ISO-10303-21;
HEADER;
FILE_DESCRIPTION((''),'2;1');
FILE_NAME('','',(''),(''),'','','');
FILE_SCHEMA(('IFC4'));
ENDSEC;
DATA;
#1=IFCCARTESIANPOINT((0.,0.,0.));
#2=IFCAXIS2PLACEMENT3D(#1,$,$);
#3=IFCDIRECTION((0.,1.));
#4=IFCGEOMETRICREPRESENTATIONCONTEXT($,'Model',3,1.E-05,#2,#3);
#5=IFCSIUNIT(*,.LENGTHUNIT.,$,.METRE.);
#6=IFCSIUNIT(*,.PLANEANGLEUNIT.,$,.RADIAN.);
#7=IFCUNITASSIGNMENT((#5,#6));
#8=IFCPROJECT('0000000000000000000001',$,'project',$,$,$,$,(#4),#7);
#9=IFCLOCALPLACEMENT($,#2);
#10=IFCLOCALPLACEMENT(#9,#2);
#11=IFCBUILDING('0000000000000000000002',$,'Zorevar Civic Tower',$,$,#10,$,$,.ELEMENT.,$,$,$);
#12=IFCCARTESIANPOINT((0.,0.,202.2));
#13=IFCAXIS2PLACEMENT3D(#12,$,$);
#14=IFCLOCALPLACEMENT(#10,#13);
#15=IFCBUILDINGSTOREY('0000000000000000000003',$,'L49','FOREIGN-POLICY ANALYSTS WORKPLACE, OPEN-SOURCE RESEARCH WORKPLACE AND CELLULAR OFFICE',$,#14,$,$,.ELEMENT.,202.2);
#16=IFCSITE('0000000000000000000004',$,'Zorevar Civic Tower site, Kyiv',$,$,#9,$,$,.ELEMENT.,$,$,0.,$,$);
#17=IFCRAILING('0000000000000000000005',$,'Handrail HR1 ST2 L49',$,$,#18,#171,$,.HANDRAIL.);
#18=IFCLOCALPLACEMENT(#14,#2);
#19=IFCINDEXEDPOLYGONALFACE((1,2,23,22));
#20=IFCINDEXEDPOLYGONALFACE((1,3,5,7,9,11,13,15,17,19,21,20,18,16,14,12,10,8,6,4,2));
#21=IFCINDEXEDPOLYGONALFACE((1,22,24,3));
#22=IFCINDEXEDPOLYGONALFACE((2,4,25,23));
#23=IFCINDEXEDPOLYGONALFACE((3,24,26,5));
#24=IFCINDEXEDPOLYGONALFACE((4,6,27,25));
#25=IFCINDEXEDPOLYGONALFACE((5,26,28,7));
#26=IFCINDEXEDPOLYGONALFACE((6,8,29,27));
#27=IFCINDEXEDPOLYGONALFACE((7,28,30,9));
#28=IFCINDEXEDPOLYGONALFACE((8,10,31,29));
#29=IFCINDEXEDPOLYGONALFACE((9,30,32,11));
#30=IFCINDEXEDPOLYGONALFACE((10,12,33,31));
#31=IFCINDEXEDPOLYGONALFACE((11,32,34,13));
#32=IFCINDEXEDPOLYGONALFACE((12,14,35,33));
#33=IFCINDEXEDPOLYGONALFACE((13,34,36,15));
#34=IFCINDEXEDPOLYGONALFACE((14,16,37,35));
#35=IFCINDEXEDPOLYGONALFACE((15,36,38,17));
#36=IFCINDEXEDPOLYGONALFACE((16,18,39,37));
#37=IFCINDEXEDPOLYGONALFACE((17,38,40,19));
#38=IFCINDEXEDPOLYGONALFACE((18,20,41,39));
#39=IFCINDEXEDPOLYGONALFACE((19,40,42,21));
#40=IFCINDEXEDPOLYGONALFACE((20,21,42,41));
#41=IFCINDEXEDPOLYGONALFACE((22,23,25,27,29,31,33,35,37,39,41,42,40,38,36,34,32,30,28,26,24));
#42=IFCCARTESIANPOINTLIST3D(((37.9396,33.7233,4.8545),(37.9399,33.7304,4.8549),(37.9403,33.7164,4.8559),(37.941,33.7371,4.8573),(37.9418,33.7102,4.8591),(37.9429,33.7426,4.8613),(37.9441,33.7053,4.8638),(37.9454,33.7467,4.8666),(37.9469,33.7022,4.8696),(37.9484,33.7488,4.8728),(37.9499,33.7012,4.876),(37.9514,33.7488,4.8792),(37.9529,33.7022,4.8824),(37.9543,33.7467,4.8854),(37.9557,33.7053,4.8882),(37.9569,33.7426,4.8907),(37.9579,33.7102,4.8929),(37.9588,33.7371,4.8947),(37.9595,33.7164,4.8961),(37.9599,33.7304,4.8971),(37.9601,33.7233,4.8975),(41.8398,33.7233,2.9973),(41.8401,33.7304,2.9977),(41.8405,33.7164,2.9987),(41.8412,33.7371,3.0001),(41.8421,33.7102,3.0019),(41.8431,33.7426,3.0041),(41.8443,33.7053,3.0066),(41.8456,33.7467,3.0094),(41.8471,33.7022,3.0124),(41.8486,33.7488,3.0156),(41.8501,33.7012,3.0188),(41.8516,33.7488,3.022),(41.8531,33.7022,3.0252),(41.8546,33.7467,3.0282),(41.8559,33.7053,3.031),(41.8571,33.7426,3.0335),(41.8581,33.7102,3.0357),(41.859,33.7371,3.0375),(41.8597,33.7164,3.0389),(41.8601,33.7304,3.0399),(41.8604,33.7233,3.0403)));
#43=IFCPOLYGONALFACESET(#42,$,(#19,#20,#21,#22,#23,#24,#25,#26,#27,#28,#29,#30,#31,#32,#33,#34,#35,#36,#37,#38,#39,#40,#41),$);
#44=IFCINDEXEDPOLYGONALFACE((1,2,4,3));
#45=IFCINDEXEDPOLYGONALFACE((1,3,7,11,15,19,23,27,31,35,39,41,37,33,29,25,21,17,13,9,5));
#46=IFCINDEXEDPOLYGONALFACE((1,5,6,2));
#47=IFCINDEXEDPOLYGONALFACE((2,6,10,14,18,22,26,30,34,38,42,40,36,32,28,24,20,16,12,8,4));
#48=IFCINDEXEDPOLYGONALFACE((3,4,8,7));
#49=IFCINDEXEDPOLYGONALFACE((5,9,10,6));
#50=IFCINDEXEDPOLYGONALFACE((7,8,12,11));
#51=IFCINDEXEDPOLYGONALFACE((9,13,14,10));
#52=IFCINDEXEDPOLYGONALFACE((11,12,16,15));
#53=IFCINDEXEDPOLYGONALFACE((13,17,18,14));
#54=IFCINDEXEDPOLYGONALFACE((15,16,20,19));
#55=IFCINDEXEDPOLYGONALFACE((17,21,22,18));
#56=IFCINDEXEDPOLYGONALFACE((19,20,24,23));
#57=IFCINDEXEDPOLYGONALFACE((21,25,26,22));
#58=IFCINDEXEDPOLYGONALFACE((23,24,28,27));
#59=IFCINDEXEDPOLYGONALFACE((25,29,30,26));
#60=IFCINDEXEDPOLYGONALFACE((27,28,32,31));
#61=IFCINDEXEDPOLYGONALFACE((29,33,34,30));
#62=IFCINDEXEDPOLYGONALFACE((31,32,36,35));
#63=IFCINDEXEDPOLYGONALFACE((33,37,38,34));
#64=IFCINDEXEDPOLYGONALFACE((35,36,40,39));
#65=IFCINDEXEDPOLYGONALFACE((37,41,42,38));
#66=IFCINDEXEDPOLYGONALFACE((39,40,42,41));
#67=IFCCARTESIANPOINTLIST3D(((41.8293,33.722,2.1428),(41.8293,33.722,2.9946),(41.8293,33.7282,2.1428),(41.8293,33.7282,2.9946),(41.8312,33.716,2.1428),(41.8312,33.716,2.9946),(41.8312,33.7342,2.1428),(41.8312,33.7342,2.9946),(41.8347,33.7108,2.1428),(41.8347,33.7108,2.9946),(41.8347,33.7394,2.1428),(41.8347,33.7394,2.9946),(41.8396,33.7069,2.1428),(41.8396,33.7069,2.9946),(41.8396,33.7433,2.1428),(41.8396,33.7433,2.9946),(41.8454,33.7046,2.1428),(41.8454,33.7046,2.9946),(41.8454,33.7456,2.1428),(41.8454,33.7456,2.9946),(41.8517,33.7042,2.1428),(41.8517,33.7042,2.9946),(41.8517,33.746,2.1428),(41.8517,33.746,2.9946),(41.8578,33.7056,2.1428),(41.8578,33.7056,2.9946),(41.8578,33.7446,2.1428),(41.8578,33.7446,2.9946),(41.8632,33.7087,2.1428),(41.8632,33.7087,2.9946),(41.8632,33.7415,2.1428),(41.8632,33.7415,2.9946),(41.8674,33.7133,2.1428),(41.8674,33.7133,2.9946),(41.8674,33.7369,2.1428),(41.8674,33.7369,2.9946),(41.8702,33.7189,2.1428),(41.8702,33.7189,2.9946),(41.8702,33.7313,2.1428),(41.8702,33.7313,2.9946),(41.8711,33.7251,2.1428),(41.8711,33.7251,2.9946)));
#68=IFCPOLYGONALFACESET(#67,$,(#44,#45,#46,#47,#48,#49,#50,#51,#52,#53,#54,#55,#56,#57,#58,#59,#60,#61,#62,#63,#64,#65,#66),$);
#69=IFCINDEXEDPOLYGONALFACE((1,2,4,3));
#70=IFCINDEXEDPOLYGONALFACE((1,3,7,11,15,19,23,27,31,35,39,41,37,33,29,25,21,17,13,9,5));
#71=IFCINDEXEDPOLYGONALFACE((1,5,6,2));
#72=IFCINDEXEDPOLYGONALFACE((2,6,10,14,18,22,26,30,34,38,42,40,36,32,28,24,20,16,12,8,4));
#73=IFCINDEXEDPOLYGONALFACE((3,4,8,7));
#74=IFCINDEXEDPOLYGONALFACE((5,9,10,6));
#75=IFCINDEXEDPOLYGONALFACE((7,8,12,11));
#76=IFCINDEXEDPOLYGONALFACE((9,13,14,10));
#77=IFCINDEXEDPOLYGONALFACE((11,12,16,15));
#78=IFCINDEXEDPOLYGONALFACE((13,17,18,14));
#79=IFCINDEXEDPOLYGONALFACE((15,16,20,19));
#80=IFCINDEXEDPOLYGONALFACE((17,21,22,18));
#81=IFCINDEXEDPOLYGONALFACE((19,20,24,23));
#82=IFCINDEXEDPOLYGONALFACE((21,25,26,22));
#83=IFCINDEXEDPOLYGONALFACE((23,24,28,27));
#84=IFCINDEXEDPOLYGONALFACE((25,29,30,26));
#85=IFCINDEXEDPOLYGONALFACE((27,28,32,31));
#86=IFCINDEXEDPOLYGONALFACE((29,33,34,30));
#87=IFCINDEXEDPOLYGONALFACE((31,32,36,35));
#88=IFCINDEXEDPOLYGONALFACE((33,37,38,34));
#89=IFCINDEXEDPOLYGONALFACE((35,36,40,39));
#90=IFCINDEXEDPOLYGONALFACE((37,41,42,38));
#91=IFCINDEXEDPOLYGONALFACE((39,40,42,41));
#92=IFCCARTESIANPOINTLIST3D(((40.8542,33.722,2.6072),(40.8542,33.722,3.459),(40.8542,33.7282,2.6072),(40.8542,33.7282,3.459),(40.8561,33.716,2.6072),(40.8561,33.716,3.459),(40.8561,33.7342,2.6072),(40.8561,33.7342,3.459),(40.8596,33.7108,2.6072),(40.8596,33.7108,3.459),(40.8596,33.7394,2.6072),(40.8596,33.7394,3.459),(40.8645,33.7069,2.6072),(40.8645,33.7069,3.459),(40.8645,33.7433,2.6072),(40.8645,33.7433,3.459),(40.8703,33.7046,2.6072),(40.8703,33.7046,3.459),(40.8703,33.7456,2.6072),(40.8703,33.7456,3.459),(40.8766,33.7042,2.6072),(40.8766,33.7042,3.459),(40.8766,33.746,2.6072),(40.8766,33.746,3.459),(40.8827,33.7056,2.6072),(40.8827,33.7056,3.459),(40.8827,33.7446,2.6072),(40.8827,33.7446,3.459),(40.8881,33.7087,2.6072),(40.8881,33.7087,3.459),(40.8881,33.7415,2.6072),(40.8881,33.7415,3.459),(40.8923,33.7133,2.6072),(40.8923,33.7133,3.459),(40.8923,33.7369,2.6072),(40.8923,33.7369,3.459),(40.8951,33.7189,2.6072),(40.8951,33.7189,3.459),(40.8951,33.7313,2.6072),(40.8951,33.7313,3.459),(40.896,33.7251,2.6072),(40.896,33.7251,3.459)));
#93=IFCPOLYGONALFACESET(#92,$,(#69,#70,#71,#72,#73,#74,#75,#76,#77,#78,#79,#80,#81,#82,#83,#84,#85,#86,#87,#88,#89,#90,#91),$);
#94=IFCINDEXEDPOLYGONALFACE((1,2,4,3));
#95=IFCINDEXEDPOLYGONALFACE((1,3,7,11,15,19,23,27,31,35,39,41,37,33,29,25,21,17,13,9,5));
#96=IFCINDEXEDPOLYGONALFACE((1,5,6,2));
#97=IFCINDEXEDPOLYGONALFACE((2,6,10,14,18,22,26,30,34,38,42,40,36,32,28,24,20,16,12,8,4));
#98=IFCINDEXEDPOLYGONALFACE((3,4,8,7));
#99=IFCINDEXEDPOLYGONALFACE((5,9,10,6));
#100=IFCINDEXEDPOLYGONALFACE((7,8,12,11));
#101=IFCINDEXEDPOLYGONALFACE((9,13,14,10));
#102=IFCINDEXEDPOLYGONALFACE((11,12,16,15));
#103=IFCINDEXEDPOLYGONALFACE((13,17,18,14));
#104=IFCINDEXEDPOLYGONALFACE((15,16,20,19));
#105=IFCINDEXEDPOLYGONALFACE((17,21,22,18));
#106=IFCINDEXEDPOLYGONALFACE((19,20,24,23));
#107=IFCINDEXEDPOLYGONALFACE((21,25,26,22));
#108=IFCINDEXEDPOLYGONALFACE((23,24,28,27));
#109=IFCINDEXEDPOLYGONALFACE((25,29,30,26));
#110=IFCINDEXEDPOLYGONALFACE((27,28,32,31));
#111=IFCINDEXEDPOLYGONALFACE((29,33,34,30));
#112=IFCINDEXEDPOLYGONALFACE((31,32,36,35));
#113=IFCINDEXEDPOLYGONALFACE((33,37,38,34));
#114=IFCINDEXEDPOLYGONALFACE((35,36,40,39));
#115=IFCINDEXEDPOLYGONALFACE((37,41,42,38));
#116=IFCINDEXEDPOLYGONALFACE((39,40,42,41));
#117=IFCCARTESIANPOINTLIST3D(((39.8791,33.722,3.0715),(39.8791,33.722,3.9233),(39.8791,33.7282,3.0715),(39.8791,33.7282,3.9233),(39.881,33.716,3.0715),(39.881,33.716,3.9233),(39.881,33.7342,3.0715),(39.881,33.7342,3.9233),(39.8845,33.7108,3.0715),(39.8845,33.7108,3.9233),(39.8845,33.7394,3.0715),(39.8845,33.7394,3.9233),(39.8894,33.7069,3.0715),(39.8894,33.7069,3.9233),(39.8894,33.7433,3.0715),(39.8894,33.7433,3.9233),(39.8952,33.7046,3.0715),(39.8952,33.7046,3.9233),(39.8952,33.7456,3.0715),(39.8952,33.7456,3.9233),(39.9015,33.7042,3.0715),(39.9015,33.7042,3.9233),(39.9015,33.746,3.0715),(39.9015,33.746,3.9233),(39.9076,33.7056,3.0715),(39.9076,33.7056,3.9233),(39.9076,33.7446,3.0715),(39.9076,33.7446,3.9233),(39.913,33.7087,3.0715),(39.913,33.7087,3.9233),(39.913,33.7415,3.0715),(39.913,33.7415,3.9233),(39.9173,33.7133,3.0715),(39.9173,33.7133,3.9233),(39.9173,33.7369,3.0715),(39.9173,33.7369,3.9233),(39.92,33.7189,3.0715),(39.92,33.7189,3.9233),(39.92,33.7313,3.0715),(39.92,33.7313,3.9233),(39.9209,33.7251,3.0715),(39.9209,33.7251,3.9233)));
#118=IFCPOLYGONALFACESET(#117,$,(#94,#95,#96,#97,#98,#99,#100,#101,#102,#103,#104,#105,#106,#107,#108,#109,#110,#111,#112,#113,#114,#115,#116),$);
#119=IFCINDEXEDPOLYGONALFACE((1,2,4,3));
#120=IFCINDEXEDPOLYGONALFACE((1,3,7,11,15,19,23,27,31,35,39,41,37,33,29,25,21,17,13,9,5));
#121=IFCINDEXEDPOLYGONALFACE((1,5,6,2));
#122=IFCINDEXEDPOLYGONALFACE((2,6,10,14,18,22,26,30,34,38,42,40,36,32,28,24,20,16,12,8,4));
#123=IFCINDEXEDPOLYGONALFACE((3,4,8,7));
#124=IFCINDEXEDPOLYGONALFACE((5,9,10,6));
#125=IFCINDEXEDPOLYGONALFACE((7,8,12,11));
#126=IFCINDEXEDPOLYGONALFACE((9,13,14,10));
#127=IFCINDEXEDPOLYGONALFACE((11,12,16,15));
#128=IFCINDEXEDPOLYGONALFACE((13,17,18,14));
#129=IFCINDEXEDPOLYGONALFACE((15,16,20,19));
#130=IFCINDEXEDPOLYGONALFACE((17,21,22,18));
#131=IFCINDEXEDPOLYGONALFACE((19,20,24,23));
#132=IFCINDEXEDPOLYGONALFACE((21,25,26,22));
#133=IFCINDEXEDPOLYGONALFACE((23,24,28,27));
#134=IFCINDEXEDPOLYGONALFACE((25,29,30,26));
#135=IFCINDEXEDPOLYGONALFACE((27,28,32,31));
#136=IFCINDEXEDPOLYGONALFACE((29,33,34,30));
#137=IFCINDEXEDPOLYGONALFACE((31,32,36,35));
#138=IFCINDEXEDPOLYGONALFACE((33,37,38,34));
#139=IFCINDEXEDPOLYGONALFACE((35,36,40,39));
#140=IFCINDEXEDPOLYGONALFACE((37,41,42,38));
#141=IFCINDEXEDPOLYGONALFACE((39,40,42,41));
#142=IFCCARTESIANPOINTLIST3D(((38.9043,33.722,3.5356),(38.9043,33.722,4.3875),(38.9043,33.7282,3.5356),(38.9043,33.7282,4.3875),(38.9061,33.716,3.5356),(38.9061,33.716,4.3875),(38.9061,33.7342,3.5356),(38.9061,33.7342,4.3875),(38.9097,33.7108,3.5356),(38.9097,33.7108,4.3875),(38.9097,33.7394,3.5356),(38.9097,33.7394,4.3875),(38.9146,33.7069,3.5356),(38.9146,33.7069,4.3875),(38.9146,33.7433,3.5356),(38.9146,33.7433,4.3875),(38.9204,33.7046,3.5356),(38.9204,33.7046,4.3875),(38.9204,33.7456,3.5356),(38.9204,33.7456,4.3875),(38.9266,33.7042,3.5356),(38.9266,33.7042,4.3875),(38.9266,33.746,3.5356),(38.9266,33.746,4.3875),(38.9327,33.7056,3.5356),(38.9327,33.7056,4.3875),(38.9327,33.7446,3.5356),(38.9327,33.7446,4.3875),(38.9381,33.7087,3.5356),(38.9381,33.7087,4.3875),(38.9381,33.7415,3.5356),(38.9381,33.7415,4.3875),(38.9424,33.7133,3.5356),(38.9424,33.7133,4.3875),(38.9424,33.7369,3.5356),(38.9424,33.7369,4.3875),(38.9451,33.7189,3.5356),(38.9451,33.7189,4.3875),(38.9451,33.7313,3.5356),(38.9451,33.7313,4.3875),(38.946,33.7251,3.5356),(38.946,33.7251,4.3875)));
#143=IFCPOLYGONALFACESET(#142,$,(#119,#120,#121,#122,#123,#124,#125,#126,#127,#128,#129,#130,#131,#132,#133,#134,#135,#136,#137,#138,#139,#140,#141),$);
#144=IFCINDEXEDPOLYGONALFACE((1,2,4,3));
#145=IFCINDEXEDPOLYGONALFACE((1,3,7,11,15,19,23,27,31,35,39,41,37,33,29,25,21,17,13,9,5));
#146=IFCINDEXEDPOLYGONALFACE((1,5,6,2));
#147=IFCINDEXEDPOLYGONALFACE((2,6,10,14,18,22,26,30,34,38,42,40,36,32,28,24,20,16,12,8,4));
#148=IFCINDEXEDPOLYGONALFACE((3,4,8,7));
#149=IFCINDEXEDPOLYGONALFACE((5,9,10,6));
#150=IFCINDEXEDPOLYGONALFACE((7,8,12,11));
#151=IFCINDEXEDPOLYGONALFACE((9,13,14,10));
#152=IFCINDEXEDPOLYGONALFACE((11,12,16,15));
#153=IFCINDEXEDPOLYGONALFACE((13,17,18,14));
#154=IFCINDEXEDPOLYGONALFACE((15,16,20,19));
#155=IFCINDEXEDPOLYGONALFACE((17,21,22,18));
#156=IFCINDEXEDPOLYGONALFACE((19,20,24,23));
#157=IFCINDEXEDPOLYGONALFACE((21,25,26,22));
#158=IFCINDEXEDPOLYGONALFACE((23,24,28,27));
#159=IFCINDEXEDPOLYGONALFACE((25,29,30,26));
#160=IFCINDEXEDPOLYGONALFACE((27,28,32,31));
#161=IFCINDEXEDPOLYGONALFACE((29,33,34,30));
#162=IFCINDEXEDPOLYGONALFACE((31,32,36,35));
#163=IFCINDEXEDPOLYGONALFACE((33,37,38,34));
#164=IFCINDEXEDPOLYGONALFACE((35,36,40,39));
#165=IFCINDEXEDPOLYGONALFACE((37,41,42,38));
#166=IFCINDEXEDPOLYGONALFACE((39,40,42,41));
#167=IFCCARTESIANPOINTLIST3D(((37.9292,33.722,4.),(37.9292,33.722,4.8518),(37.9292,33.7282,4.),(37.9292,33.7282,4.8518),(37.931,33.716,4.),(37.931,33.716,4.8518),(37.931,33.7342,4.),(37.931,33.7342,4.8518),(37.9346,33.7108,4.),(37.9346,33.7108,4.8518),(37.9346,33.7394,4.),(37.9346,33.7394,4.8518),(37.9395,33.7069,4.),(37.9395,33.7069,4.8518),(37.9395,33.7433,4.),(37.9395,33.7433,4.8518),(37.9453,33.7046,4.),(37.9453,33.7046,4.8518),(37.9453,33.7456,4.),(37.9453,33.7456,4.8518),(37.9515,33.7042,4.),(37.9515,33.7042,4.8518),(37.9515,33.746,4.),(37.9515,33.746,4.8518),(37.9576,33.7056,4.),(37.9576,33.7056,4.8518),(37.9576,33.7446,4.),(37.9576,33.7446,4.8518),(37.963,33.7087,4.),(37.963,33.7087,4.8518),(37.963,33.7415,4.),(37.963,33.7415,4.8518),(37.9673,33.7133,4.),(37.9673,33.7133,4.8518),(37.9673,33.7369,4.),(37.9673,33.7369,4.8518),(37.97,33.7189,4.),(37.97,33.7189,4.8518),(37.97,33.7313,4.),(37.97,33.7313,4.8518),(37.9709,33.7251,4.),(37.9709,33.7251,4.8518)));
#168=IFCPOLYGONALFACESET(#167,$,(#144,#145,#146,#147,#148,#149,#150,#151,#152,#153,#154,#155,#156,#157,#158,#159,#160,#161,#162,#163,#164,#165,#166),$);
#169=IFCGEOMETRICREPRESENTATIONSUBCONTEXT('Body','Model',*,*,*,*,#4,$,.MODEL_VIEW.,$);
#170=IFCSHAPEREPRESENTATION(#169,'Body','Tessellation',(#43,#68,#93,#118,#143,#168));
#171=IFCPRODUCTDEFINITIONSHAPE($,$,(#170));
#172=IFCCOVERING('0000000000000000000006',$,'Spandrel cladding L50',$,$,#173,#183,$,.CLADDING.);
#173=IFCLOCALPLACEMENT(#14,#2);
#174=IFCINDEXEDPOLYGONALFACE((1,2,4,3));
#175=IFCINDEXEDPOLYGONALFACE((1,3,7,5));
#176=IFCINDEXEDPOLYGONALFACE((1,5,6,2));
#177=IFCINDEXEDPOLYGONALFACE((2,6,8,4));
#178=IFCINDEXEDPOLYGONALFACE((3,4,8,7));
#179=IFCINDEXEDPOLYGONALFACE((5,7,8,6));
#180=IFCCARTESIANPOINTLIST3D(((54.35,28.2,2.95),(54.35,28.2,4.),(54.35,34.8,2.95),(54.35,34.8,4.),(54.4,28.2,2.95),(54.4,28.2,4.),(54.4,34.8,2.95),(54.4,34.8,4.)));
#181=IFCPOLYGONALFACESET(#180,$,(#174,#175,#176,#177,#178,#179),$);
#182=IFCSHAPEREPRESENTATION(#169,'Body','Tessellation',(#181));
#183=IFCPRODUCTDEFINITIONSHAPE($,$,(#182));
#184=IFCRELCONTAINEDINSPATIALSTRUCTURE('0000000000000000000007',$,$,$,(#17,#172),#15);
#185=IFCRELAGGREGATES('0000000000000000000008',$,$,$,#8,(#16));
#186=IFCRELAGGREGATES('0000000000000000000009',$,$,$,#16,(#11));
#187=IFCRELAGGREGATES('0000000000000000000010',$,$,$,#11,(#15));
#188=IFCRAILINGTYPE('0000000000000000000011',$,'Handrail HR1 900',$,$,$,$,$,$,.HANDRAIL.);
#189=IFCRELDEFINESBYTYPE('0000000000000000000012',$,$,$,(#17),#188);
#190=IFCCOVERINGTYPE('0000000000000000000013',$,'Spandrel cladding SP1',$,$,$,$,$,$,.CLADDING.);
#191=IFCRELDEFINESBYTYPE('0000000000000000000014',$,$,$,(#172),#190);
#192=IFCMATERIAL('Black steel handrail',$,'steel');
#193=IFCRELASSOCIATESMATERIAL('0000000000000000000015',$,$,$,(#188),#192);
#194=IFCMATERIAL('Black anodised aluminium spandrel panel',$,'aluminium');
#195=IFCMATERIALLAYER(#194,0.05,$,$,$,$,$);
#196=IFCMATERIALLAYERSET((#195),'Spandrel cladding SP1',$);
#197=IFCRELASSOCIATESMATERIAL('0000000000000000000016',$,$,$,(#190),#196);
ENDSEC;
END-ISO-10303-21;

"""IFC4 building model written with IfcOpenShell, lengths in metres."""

from ifc_helpers import new_model, si_unit, direction, frame, frame_2d, origin, origin_2d, place, context, subcontext, project, spatial, rectangle, circle, extrude, material, layer, layer_set, type_object, element, save


model = new_model("IFC4")

# Units and contexts
model_context = context("Model", 3, precision=1e-05, world=origin(), true_north=direction((0.0, 1.0)))
body_context = subcontext(model_context, "Body", "Model", "MODEL_VIEW")
ifc_project = project(units=[si_unit("LENGTHUNIT", "METRE"), si_unit("PLANEANGLEUNIT", "RADIAN")], contexts=[model_context])

# Site, building, storey
site_placement = place(None, origin())
site = spatial("IfcSite", under=ifc_project, at=site_placement, Name="Zorevar Civic Tower site, Kyiv", CompositionType="ELEMENT", RefElevation=0.0)
building_placement = place(site_placement, origin())
building = spatial("IfcBuilding", under=site, at=building_placement, Name="Zorevar Civic Tower", CompositionType="ELEMENT")
storey_placement = place(building_placement, frame((0.0, 0.0, 202.2)))
storey = spatial("IfcBuildingStorey", under=building, at=storey_placement, Name="L49", Description="FOREIGN-POLICY ANALYSTS WORKPLACE, OPEN-SOURCE RESEARCH WORKPLACE AND CELLULAR OFFICE", CompositionType="ELEMENT", Elevation=202.2)

# Railing
ifc_material_1 = material(Name="Black steel handrail", Category="steel")
railing_type = type_object("IfcRailingType", Name="Handrail HR1 900", PredefinedType="HANDRAIL", material=ifc_material_1)
railing_placement = place(storey_placement, frame((41.8501, 33.7251, 2.1428)))
element("IfcRailing", 1, at=railing_placement, inside=storey, type_object=railing_type, Name="Handrail HR1 ST2 L49", PredefinedType="HANDRAIL", context=body_context, shape_type="SweptSolid", body=[
    extrude(circle(Radius=0.0239, at=origin_2d()), frame((0.0, 0.0, 0.876), z_axis=(-0.902864, 0.0, 0.429927), x_axis=(0.0, -1.0, 0.0)), (0.0, 0.0, 1.0), 4.3198),
    extrude(circle(Radius=0.021, at=origin_2d()), origin(), (0.0, 0.0, 1.0), 0.8518),
    extrude(circle(Radius=0.021, at=origin_2d()), frame((-0.9751, 0.0, 0.4644)), (0.0, 0.0, 1.0), 0.8518),
    extrude(circle(Radius=0.021, at=origin_2d()), frame((-1.9502, 0.0, 0.9287)), (0.0, 0.0, 1.0), 0.8518),
    extrude(circle(Radius=0.021, at=origin_2d()), frame((-2.925, 0.0, 1.3928)), (0.0, 0.0, 1.0), 0.8518),
    extrude(circle(Radius=0.021, at=origin_2d()), frame((-3.9001, 0.0, 1.8572)), (0.0, 0.0, 1.0), 0.8518),
])

# Covering
ifc_material_2 = material(Name="Black anodised aluminium spandrel panel", Category="aluminium")
ifc_layer_1 = layer(ifc_material_2, 0.05)
ifc_layer_set_1 = layer_set([ifc_layer_1], Name="Spandrel cladding SP1")
covering_type = type_object("IfcCoveringType", Name="Spandrel cladding SP1", PredefinedType="CLADDING", material=ifc_layer_set_1)
covering_placement = place(storey_placement, frame((54.375, 28.2, 2.95), z_axis=(0.0, 0.0, 1.0), x_axis=(0.0, 1.0, 0.0)))
element("IfcCovering", 2, at=covering_placement, inside=storey, type_object=covering_type, Name="Spandrel cladding L50", PredefinedType="CLADDING", context=body_context, shape_type="SweptSolid", body=[
    extrude(rectangle(XDim=6.6001, YDim=0.05, at=frame_2d((3.3, 0.0))), origin(), (0.0, 0.0, 1.0), 1.05),
])

save(model, "model.ifc")
